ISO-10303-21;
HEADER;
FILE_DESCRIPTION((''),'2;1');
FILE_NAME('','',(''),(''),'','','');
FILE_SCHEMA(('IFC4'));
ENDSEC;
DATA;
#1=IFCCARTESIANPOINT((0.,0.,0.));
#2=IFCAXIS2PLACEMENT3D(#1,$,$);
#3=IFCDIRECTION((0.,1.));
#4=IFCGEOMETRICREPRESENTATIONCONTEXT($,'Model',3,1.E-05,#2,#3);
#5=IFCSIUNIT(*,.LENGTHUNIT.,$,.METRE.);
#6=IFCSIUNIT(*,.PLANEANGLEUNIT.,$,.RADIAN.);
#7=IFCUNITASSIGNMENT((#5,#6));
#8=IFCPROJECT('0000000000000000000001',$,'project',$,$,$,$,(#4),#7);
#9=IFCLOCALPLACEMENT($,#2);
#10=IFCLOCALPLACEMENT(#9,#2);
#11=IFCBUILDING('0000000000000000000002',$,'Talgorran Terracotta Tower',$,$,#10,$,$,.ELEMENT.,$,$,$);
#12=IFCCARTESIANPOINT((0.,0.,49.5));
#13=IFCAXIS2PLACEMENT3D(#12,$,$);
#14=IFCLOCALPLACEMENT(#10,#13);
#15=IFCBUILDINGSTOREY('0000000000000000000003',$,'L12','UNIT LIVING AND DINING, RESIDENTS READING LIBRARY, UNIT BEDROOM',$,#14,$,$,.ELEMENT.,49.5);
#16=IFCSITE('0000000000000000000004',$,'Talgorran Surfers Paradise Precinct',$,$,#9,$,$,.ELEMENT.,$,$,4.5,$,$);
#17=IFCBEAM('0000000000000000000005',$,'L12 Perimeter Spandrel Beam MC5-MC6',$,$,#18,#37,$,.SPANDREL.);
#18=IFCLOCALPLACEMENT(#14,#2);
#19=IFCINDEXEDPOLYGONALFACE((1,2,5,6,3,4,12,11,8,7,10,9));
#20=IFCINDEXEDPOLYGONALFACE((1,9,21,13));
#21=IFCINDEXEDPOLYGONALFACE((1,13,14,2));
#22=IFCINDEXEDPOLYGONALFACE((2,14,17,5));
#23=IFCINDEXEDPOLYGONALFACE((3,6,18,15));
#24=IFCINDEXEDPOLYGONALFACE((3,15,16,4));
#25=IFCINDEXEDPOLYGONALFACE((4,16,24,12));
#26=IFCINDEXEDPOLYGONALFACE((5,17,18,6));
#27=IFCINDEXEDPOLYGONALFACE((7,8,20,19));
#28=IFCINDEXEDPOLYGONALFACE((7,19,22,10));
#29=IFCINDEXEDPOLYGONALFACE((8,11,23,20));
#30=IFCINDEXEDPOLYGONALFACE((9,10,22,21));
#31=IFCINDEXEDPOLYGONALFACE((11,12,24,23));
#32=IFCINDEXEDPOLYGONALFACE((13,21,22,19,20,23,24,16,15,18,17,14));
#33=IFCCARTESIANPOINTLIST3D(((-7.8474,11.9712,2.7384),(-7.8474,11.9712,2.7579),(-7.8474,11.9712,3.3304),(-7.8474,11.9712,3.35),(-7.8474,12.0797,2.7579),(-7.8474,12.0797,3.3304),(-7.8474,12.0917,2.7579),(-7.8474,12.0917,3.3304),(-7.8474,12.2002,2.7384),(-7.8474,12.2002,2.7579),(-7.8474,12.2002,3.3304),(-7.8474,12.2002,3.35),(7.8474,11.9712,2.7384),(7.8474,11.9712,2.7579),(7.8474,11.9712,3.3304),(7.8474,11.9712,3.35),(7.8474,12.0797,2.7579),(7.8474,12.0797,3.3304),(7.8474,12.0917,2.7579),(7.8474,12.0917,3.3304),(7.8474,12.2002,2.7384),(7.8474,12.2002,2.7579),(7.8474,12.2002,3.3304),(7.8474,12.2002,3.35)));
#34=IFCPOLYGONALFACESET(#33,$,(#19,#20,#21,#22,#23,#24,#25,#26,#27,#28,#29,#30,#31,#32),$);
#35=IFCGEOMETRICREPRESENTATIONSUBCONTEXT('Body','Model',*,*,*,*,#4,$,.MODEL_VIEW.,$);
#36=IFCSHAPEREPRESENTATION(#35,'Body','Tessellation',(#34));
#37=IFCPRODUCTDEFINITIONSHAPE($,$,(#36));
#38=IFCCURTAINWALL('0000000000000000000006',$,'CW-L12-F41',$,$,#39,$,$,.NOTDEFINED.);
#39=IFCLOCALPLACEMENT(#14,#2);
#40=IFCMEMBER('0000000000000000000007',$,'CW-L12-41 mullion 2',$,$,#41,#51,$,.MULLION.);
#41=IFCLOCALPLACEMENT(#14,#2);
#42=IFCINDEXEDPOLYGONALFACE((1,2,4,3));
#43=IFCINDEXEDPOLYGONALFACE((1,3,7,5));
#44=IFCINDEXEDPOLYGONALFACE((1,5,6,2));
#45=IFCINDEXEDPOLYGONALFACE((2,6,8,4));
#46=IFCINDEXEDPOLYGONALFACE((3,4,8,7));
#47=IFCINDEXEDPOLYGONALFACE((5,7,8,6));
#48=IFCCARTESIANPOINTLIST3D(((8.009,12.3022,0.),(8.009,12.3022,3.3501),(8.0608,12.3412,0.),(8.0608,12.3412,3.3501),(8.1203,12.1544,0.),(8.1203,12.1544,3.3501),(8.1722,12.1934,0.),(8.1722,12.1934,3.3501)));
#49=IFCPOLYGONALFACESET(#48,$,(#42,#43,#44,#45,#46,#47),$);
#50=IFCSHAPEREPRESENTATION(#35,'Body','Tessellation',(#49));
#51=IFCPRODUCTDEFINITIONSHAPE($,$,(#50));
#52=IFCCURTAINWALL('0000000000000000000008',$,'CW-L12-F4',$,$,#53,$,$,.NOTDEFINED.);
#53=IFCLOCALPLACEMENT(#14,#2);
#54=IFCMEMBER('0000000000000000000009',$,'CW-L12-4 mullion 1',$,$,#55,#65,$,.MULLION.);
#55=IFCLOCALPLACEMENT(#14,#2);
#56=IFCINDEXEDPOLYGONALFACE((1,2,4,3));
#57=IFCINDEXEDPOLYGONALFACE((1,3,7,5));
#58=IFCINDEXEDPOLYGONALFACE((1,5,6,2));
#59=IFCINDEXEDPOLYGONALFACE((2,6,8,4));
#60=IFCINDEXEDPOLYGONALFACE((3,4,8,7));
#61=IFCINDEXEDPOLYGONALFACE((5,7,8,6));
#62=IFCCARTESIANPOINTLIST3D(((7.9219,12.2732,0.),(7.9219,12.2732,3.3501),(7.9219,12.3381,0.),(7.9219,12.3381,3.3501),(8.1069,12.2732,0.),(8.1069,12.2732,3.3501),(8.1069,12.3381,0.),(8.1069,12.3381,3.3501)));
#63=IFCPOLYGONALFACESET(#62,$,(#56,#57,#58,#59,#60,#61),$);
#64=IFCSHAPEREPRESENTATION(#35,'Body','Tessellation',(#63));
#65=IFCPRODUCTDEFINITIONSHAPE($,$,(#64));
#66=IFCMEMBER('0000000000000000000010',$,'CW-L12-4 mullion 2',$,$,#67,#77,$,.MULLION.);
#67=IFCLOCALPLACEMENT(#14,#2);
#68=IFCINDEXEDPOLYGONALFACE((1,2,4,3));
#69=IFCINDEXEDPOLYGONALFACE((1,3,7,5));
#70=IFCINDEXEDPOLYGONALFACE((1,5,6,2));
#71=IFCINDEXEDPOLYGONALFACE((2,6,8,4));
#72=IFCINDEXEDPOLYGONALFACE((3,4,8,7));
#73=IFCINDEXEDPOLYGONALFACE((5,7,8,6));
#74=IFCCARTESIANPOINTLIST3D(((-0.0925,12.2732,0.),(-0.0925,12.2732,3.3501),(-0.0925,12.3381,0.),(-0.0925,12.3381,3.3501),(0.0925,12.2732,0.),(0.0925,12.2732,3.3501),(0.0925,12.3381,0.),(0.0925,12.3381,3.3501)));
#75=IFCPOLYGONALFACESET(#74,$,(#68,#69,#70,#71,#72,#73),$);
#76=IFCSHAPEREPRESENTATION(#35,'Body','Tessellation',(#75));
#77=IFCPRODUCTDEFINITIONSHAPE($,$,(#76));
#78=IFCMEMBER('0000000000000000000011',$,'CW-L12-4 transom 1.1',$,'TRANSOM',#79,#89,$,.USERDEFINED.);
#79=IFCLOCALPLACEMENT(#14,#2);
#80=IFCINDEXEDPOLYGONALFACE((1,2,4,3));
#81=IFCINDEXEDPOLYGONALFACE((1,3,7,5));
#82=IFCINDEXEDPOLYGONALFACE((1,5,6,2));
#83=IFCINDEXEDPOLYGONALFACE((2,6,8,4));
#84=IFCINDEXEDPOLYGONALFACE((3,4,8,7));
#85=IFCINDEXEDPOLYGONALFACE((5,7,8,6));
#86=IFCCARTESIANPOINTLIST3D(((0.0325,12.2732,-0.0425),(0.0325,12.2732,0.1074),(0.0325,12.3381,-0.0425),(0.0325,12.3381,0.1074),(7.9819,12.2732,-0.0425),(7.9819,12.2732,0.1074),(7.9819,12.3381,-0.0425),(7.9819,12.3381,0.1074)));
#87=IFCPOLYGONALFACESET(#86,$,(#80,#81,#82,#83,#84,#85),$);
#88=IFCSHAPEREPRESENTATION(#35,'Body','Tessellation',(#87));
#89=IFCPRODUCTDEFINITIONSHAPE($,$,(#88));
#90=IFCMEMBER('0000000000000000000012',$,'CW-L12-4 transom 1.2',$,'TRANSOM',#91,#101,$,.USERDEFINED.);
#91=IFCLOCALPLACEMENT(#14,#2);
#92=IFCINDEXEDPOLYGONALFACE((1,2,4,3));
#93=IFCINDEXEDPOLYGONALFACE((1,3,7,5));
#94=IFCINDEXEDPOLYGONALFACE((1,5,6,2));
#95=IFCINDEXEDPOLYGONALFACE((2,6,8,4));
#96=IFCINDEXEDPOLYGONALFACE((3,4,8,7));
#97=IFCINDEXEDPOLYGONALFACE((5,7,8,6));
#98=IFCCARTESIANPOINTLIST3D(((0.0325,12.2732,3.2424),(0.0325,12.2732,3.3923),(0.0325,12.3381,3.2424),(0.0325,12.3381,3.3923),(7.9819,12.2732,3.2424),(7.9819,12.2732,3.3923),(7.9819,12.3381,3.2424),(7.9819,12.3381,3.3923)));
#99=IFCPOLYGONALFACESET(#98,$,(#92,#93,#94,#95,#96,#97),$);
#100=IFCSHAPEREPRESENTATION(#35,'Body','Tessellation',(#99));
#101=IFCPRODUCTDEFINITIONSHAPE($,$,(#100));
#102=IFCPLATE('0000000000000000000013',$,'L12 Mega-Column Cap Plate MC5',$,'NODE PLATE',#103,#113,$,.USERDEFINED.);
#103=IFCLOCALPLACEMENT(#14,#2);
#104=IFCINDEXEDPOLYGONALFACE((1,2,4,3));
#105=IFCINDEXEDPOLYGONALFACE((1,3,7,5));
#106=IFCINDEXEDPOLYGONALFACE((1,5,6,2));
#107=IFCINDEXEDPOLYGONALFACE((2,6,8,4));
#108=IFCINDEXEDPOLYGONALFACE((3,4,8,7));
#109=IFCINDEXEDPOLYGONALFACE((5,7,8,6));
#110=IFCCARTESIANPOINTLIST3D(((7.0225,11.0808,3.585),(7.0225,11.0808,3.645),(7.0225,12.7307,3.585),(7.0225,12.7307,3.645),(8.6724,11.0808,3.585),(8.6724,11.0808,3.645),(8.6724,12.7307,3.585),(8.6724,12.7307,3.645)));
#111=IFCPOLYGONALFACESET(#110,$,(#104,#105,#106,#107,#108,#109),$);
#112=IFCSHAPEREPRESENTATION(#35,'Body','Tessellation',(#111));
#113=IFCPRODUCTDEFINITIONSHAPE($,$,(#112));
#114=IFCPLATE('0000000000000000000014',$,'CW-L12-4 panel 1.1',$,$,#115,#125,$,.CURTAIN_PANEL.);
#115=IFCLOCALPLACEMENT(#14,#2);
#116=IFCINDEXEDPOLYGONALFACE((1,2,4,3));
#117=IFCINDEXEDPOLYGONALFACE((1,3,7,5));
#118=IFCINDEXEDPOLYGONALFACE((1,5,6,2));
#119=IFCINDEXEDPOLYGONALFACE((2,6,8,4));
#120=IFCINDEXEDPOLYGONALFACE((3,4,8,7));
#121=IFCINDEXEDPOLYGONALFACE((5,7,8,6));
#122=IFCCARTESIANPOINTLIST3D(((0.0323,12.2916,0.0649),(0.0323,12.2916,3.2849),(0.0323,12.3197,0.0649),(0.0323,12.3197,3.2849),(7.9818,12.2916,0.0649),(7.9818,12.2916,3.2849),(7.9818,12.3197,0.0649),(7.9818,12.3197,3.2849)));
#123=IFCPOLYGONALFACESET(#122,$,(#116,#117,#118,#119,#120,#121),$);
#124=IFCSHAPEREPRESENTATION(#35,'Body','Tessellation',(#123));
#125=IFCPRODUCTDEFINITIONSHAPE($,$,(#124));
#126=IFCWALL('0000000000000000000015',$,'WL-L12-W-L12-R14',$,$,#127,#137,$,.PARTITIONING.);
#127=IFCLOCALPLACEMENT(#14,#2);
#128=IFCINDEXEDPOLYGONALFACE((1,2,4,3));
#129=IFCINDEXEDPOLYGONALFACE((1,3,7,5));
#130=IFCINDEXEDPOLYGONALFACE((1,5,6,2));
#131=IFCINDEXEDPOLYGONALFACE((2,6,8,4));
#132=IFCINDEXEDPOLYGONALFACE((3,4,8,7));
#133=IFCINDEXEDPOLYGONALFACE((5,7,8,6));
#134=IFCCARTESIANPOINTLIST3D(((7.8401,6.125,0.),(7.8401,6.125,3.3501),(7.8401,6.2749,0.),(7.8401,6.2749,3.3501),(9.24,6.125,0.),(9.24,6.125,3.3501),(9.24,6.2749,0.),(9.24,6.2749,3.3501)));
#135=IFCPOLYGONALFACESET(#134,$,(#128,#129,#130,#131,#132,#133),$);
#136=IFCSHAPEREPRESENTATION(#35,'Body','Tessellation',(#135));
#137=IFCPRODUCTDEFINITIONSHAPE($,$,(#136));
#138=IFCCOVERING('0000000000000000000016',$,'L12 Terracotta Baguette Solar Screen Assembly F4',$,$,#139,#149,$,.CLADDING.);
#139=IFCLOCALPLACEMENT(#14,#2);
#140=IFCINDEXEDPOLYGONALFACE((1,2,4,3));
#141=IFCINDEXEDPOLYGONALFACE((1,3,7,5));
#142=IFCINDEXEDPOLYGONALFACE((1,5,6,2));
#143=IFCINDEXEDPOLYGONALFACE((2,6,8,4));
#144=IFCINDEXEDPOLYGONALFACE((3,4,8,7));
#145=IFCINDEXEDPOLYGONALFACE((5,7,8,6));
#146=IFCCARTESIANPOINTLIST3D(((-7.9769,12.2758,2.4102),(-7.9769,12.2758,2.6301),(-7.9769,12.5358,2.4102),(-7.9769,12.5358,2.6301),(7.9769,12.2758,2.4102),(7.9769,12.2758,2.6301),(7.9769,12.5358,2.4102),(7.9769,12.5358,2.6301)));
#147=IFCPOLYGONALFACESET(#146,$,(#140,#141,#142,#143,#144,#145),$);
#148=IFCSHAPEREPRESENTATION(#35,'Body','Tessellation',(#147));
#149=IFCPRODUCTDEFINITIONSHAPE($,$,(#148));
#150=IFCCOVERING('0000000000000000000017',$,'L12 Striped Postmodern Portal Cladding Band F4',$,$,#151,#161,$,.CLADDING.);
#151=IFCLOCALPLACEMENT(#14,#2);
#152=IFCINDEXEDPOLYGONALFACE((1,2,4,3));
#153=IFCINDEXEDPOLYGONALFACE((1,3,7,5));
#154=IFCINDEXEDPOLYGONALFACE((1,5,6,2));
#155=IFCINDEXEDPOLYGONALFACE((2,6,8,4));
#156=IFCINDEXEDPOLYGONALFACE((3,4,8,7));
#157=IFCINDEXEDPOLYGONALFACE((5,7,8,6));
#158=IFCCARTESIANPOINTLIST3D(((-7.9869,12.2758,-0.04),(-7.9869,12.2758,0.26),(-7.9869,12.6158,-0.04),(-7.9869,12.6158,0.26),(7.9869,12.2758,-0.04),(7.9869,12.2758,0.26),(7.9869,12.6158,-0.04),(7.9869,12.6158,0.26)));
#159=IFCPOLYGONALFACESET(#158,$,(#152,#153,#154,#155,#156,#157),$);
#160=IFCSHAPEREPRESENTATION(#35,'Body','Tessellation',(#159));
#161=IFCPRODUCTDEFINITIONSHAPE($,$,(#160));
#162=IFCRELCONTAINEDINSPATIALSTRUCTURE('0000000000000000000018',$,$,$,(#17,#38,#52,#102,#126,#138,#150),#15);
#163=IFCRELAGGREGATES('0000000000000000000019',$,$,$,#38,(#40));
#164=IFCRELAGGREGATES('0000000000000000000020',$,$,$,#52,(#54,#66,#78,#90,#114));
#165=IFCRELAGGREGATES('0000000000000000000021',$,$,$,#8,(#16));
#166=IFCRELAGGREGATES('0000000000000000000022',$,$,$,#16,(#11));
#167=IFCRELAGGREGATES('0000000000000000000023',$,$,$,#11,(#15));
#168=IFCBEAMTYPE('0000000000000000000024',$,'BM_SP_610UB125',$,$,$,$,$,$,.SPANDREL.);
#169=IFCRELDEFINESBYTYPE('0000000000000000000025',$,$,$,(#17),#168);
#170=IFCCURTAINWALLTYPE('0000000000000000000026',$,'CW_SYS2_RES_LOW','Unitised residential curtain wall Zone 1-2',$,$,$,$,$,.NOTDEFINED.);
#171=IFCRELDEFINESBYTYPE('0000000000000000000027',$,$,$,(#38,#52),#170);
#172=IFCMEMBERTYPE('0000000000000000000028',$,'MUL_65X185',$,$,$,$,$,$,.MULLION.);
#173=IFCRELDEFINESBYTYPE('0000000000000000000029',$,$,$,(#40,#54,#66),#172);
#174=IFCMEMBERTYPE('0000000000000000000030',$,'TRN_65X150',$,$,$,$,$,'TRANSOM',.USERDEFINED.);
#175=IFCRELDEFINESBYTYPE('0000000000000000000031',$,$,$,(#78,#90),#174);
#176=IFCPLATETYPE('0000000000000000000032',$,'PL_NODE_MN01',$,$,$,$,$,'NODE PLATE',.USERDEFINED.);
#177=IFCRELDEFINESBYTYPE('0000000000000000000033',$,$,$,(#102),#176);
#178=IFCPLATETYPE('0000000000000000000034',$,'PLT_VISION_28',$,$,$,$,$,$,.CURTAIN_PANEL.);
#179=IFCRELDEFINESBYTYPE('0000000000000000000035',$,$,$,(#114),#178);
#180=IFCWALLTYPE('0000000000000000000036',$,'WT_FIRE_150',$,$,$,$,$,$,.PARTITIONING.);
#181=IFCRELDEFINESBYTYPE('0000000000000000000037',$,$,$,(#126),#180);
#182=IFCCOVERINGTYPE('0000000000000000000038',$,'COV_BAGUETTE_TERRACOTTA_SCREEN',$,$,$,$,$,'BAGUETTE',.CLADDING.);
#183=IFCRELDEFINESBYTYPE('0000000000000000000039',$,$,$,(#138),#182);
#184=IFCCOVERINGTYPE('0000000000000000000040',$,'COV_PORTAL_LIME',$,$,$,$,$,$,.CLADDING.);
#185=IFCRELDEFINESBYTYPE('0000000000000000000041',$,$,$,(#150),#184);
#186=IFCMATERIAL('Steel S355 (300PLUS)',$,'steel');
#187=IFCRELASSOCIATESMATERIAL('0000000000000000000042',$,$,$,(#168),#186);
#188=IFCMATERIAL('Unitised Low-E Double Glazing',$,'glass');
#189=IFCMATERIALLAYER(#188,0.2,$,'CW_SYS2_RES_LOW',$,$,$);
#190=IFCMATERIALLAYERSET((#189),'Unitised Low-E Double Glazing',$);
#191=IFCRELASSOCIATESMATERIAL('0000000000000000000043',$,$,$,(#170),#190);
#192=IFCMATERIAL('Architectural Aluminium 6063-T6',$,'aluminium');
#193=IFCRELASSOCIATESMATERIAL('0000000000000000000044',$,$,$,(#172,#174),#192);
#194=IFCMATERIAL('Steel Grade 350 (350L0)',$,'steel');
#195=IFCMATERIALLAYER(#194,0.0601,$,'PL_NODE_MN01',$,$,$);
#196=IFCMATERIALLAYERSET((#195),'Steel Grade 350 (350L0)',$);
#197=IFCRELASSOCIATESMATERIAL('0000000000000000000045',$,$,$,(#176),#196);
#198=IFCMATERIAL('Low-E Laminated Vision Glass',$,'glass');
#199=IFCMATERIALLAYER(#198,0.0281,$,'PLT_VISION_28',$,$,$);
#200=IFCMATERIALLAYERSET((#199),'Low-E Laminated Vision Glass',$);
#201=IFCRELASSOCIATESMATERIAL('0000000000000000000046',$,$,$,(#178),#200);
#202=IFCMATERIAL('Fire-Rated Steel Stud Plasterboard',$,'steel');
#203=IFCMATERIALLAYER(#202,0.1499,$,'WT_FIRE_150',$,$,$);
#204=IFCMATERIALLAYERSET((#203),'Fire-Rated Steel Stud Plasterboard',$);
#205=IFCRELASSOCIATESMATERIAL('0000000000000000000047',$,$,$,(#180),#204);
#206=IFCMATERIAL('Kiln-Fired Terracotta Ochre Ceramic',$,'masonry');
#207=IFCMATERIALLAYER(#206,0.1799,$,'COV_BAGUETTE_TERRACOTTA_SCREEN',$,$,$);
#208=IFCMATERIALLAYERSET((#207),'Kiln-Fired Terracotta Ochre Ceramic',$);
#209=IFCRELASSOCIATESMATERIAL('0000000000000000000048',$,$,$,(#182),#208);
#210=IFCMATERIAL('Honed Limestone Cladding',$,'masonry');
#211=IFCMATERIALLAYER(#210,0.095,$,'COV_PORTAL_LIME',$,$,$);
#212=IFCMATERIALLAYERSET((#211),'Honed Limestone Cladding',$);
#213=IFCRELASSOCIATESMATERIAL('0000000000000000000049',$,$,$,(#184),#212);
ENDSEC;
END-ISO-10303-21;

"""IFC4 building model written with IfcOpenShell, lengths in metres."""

from ifc_helpers import new_model, si_unit, direction, frame, frame_2d, origin, origin_2d, place, context, subcontext, project, spatial, rectangle, i_section, extrude, source, transform, mapped, material, layer, layer_set, material_profile, profile_set, type_object, type_shapes, element, aggregate, save


model = new_model("IFC4")

# Units and contexts
model_context = context("Model", 3, precision=1e-05, world=origin(), true_north=direction((0.0, 1.0)))
body_context = subcontext(model_context, "Body", "Model", "MODEL_VIEW")
ifc_project = project(units=[si_unit("LENGTHUNIT", "METRE"), si_unit("PLANEANGLEUNIT", "RADIAN")], contexts=[model_context])

# Site, building, storey
site_placement = place(None, origin())
site = spatial("IfcSite", under=ifc_project, at=site_placement, Name="Talgorran Surfers Paradise Precinct", CompositionType="ELEMENT", RefElevation=4.5)
building_placement = place(site_placement, origin())
building = spatial("IfcBuilding", under=site, at=building_placement, Name="Talgorran Terracotta Tower", CompositionType="ELEMENT")
storey_placement = place(building_placement, frame((0.0, 0.0, 49.5)))
storey = spatial("IfcBuildingStorey", under=building, at=storey_placement, Name="L12", Description="UNIT LIVING AND DINING, RESIDENTS READING LIBRARY, UNIT BEDROOM", CompositionType="ELEMENT", Elevation=49.5)

# Shared definitions
ifc_material_1 = material(Name="Steel S355 (300PLUS)", Category="steel")
ifc_material_2 = material(Name="Steel Grade 350 (350L0)", Category="steel")

# Beam
ifc_material_profile_1 = material_profile(ifc_material_1, i_section(OverallWidth=0.229, OverallDepth=0.6116, WebThickness=0.012, FlangeThickness=0.0195, at=origin_2d()), Name="610UB125")
ifc_profile_set_1 = profile_set([ifc_material_profile_1], Name="Steel S355 (300PLUS)")
beam_type_1 = type_object("IfcBeamType", Name="BM_SP_610UB125", PredefinedType="SPANDREL", material=ifc_profile_set_1)
beam_1_placement = place(storey_placement, frame((7.8474, 12.0857, 3.0442), z_axis=(-1.0, 0.0, 0.0), x_axis=(0.0, -1.0, 0.0)))
element("IfcBeam", 1, at=beam_1_placement, inside=storey, type_object=beam_type_1, Name="L12 Perimeter Spandrel Beam MC5-MC6", PredefinedType="SPANDREL", context=body_context, shape_type="SweptSolid", body=[
    extrude(i_section(OverallWidth=0.229, OverallDepth=0.6116, WebThickness=0.012, FlangeThickness=0.0195, at=origin_2d()), origin(), (0.0, 0.0, 1.0), 15.6948),
])

# Curtain wall, member
ifc_material_3 = material(Name="Unitised Low-E Double Glazing", Category="glass")
ifc_layer_1 = layer(ifc_material_3, 0.2, Name="CW_SYS2_RES_LOW")
ifc_layer_set_1 = layer_set([ifc_layer_1], Name="Unitised Low-E Double Glazing")
curtain_wall_type = type_object("IfcCurtainWallType", Name="CW_SYS2_RES_LOW", Description="Unitised residential curtain wall Zone 1-2", PredefinedType="NOTDEFINED", material=ifc_layer_set_1)
curtain_wall_1_placement = place(storey_placement, origin())
curtain_wall_1 = element("IfcCurtainWall", 2, at=curtain_wall_1_placement, inside=storey, type_object=curtain_wall_type, Name="CW-L12-F41", PredefinedType="NOTDEFINED")
ifc_material_4 = material(Name="Architectural Aluminium 6063-T6", Category="aluminium")
ifc_material_profile_2 = material_profile(ifc_material_4, rectangle(XDim=0.0649, YDim=0.1851, at=origin_2d()), Name="CWM65X185")
ifc_profile_set_2 = profile_set([ifc_material_profile_2], Name="Architectural Aluminium 6063-T6")
member_type_1 = type_object("IfcMemberType", Name="MUL_65X185", PredefinedType="MULLION", material=ifc_profile_set_2)
member_1_placement = place(storey_placement, frame((8.0906, 12.2478, 0.0), z_axis=(0.0, 0.0, 1.0), x_axis=(-0.798777, -0.601627, 0.0)))
member_1 = element("IfcMember", 3, at=member_1_placement, type_object=member_type_1, Name="CW-L12-41 mullion 2", PredefinedType="MULLION", context=body_context, shape_type="SweptSolid", body=[
    extrude(rectangle(XDim=0.0649, YDim=0.1851, at=origin_2d()), origin(), (0.0, 0.0, 1.0), 3.3501),
])
aggregate(curtain_wall_1, [member_1])

# Curtain wall, members
curtain_wall_2_placement = place(storey_placement, origin())
curtain_wall_2 = element("IfcCurtainWall", 4, at=curtain_wall_2_placement, inside=storey, type_object=curtain_wall_type, Name="CW-L12-F4", PredefinedType="NOTDEFINED")
member_2_placement = place(storey_placement, frame((8.0144, 12.3057, 0.0), z_axis=(0.0, 0.0, 1.0), x_axis=(0.0, -1.0, 0.0)))
member_2 = element("IfcMember", 5, at=member_2_placement, type_object=member_type_1, Name="CW-L12-4 mullion 1", PredefinedType="MULLION", context=body_context, shape_type="SweptSolid", body=[
    extrude(rectangle(XDim=0.0649, YDim=0.1851, at=origin_2d()), origin(), (0.0, 0.0, 1.0), 3.3501),
])
member_3_placement = place(storey_placement, frame((0.0, 12.3057, 0.0), z_axis=(0.0, 0.0, 1.0), x_axis=(0.0, -1.0, 0.0)))
member_3 = element("IfcMember", 6, at=member_3_placement, type_object=member_type_1, Name="CW-L12-4 mullion 2", PredefinedType="MULLION", context=body_context, shape_type="SweptSolid", body=[
    extrude(rectangle(XDim=0.0649, YDim=0.1851, at=origin_2d()), origin(), (0.0, 0.0, 1.0), 3.3501),
])
ifc_material_profile_3 = material_profile(ifc_material_4, rectangle(XDim=0.0649, YDim=0.1499, at=origin_2d()), Name="CWT65X150")
ifc_profile_set_3 = profile_set([ifc_material_profile_3], Name="Architectural Aluminium 6063-T6")
member_type_2 = type_object("IfcMemberType", Name="TRN_65X150", ElementType="TRANSOM", PredefinedType="USERDEFINED", material=ifc_profile_set_3)
member_4_placement = place(storey_placement, frame((7.9819, 12.3057, 0.0325), z_axis=(-1.0, 0.0, 0.0), x_axis=(0.0, -1.0, 0.0)))
member_4 = element("IfcMember", 7, at=member_4_placement, type_object=member_type_2, Name="CW-L12-4 transom 1.1", ObjectType="TRANSOM", PredefinedType="USERDEFINED", context=body_context, shape_type="SweptSolid", body=[
    extrude(rectangle(XDim=0.0649, YDim=0.1499, at=origin_2d()), origin(), (0.0, 0.0, 1.0), 7.9495),
])
member_5_placement = place(storey_placement, frame((7.9819, 12.3057, 3.3174), z_axis=(-1.0, 0.0, 0.0), x_axis=(0.0, -1.0, 0.0)))
member_5 = element("IfcMember", 8, at=member_5_placement, type_object=member_type_2, Name="CW-L12-4 transom 1.2", ObjectType="TRANSOM", PredefinedType="USERDEFINED", context=body_context, shape_type="SweptSolid", body=[
    extrude(rectangle(XDim=0.0649, YDim=0.1499, at=origin_2d()), origin(), (0.0, 0.0, 1.0), 7.9495),
])

# Plates
ifc_layer_2 = layer(ifc_material_2, 0.0601, Name="PL_NODE_MN01")
ifc_layer_set_2 = layer_set([ifc_layer_2], Name="Steel Grade 350 (350L0)")
plate_type_1 = type_object("IfcPlateType", Name="PL_NODE_MN01", ElementType="NODE PLATE", PredefinedType="USERDEFINED", material=ifc_layer_set_2)
plate_1_placement = place(storey_placement, frame((7.8474, 11.9058, 3.585), z_axis=(0.0, 0.0, 1.0), x_axis=(1.0, 0.0, 0.0)))
element("IfcPlate", 9, at=plate_1_placement, inside=storey, type_object=plate_type_1, Name="L12 Mega-Column Cap Plate MC5", ObjectType="NODE PLATE", PredefinedType="USERDEFINED", context=body_context, shape_type="SweptSolid", body=[
    extrude(rectangle(XDim=1.6499, YDim=1.6499, at=origin_2d()), origin(), (0.0, 0.0, 1.0), 0.0601),
])
ifc_material_5 = material(Name="Low-E Laminated Vision Glass", Category="glass")
ifc_layer_3 = layer(ifc_material_5, 0.0281, Name="PLT_VISION_28")
ifc_layer_set_3 = layer_set([ifc_layer_3], Name="Low-E Laminated Vision Glass")
plate_type_2 = type_object("IfcPlateType", Name="PLT_VISION_28", PredefinedType="CURTAIN_PANEL", material=ifc_layer_set_3)
shared_shape = source(origin(), body_context, "Body", "SweptSolid", [
    extrude(rectangle(XDim=7.9495, YDim=0.0281, at=origin_2d()), origin(), (0.0, 0.0, 1.0), 3.22),
])
type_shapes(plate_type_2, [shared_shape])
plate_2_placement = place(storey_placement, frame((4.0071, 12.3057, 0.0649), z_axis=(0.0, 0.0, 1.0), x_axis=(-1.0, 0.0, 0.0)))
plate_2 = element("IfcPlate", 10, at=plate_2_placement, type_object=plate_type_2, Name="CW-L12-4 panel 1.1", PredefinedType="CURTAIN_PANEL", context=body_context, shape_type="MappedRepresentation", body=[
    mapped(shared_shape, transform((0.0, 0.0, 0.0), scale=1.0)),
])
aggregate(curtain_wall_2, [member_2, member_3, member_4, member_5, plate_2])

# Wall
ifc_material_6 = material(Name="Fire-Rated Steel Stud Plasterboard", Category="steel")
ifc_layer_4 = layer(ifc_material_6, 0.1499, Name="WT_FIRE_150")
ifc_layer_set_4 = layer_set([ifc_layer_4], Name="Fire-Rated Steel Stud Plasterboard")
wall_type = type_object("IfcWallType", Name="WT_FIRE_150", PredefinedType="PARTITIONING", material=ifc_layer_set_4)
wall_placement = place(storey_placement, frame((7.8401, 6.2, 0.0), z_axis=(0.0, 0.0, 1.0), x_axis=(1.0, 0.0, 0.0)))
element("IfcWall", 11, at=wall_placement, inside=storey, type_object=wall_type, Name="WL-L12-W-L12-R14", PredefinedType="PARTITIONING", context=body_context, shape_type="SweptSolid", body=[
    extrude(rectangle(XDim=1.3999, YDim=0.1499, at=frame_2d((0.7, 0.0))), origin(), (0.0, 0.0, 1.0), 3.3501),
])

# Coverings
ifc_material_7 = material(Name="Kiln-Fired Terracotta Ochre Ceramic", Category="masonry")
ifc_layer_5 = layer(ifc_material_7, 0.1799, Name="COV_BAGUETTE_TERRACOTTA_SCREEN")
ifc_layer_set_5 = layer_set([ifc_layer_5], Name="Kiln-Fired Terracotta Ochre Ceramic")
covering_type_1 = type_object("IfcCoveringType", Name="COV_BAGUETTE_TERRACOTTA_SCREEN", ElementType="BAGUETTE", PredefinedType="CLADDING", material=ifc_layer_set_5)
covering_1_placement = place(storey_placement, frame((0.0, 12.4058, 2.4102), z_axis=(0.0, 0.0, 1.0), x_axis=(-1.0, 0.0, 0.0)))
element("IfcCovering", 12, at=covering_1_placement, inside=storey, type_object=covering_type_1, Name="L12 Terracotta Baguette Solar Screen Assembly F4", PredefinedType="CLADDING", context=body_context, shape_type="SweptSolid", body=[
    extrude(rectangle(XDim=15.9539, YDim=0.26, at=origin_2d()), origin(), (0.0, 0.0, 1.0), 0.22),
])
ifc_material_8 = material(Name="Honed Limestone Cladding", Category="masonry")
ifc_layer_6 = layer(ifc_material_8, 0.095, Name="COV_PORTAL_LIME")
ifc_layer_set_6 = layer_set([ifc_layer_6], Name="Honed Limestone Cladding")
covering_type_2 = type_object("IfcCoveringType", Name="COV_PORTAL_LIME", PredefinedType="CLADDING", material=ifc_layer_set_6)
covering_2_placement = place(storey_placement, frame((0.0, 12.4458, -0.04), z_axis=(0.0, 0.0, 1.0), x_axis=(-1.0, 0.0, 0.0)))
element("IfcCovering", 13, at=covering_2_placement, inside=storey, type_object=covering_type_2, Name="L12 Striped Postmodern Portal Cladding Band F4", PredefinedType="CLADDING", context=body_context, shape_type="SweptSolid", body=[
    extrude(rectangle(XDim=15.9739, YDim=0.3401, at=origin_2d()), origin(), (0.0, 0.0, 1.0), 0.3),
])

save(model, "model.ifc")
